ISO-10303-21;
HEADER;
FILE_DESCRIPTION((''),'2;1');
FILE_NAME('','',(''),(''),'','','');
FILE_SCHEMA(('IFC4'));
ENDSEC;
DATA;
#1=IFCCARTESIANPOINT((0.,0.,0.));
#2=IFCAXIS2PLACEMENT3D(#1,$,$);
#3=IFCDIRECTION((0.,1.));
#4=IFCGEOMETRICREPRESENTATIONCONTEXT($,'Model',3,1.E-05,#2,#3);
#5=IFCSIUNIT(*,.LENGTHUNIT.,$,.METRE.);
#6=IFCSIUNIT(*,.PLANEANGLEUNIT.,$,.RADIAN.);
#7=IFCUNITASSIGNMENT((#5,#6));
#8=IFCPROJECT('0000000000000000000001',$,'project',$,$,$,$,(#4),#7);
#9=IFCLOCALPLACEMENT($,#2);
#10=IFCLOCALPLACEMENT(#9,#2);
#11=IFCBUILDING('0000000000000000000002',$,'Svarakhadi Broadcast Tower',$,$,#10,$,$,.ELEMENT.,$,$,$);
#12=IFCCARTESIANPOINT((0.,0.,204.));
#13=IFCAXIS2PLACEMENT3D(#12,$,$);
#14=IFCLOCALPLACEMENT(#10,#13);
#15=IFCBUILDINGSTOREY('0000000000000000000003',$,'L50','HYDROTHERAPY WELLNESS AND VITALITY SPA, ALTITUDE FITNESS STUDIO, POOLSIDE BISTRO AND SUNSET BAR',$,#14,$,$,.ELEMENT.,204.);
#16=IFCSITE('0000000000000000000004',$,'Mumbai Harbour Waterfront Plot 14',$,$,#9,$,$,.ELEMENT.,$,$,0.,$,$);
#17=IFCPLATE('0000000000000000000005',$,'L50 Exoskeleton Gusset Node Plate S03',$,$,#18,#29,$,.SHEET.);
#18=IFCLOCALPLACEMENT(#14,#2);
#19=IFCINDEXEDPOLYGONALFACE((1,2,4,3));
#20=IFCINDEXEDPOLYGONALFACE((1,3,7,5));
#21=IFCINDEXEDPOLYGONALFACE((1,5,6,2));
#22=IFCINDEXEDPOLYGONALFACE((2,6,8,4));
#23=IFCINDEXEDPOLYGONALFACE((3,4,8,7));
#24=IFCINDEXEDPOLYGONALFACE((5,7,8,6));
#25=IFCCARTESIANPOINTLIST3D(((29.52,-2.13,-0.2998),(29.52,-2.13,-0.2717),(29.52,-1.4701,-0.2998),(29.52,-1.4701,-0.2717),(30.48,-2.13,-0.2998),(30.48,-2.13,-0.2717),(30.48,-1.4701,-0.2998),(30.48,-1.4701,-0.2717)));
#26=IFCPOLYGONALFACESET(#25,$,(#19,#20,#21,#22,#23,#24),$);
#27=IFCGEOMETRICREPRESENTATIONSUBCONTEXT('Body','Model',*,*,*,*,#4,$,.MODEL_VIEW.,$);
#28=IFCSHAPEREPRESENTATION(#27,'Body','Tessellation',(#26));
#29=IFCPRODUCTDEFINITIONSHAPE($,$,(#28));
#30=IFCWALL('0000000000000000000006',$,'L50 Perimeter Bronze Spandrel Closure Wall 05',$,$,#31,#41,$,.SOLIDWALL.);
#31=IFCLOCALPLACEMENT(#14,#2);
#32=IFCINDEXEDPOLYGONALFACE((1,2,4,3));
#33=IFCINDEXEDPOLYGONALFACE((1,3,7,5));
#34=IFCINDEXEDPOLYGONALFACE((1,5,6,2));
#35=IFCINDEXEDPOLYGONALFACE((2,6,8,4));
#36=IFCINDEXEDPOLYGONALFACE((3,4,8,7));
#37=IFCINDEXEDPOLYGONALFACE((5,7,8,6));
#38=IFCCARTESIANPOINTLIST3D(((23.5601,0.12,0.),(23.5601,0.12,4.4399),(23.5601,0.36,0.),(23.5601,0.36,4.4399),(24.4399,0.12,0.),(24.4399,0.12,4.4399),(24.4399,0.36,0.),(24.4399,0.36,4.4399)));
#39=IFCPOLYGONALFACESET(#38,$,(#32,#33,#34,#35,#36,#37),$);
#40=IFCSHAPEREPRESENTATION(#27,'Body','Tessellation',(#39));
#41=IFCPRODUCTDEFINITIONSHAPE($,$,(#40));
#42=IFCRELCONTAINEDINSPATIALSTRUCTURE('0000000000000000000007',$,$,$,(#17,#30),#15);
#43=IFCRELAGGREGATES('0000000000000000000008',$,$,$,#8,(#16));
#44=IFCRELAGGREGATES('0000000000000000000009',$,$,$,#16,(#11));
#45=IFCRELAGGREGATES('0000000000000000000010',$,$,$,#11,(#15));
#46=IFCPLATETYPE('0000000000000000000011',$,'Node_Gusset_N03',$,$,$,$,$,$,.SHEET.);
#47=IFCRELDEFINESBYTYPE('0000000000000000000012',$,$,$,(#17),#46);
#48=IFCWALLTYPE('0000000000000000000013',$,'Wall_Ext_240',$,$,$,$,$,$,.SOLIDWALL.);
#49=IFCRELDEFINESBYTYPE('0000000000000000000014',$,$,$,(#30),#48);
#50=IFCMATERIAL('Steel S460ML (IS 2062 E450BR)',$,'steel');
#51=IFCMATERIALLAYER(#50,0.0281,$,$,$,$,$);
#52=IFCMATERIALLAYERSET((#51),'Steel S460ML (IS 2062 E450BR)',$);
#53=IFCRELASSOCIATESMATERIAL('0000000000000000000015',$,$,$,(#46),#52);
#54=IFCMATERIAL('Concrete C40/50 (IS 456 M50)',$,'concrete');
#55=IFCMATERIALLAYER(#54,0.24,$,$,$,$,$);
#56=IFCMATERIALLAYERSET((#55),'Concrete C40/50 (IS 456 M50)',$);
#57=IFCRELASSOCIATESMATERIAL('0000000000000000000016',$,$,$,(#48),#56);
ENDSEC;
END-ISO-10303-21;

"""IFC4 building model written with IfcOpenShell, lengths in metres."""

from ifc_helpers import new_model, si_unit, direction, frame, frame_2d, origin, origin_2d, place, context, subcontext, project, spatial, rectangle, extrude, material, layer, layer_set, type_object, element, save


model = new_model("IFC4")

# Units and contexts
model_context = context("Model", 3, precision=1e-05, world=origin(), true_north=direction((0.0, 1.0)))
body_context = subcontext(model_context, "Body", "Model", "MODEL_VIEW")
ifc_project = project(units=[si_unit("LENGTHUNIT", "METRE"), si_unit("PLANEANGLEUNIT", "RADIAN")], contexts=[model_context])

# Site, building, storey
site_placement = place(None, origin())
site = spatial("IfcSite", under=ifc_project, at=site_placement, Name="Mumbai Harbour Waterfront Plot 14", CompositionType="ELEMENT", RefElevation=0.0)
building_placement = place(site_placement, origin())
building = spatial("IfcBuilding", under=site, at=building_placement, Name="Svarakhadi Broadcast Tower", CompositionType="ELEMENT")
storey_placement = place(building_placement, frame((0.0, 0.0, 204.0)))
storey = spatial("IfcBuildingStorey", under=building, at=storey_placement, Name="L50", Description="HYDROTHERAPY WELLNESS AND VITALITY SPA, ALTITUDE FITNESS STUDIO, POOLSIDE BISTRO AND SUNSET BAR", CompositionType="ELEMENT", Elevation=204.0)

# Shared definitions
ifc_material_1 = material(Name="Steel S460ML (IS 2062 E450BR)", Category="steel")

# Plate
ifc_layer_1 = layer(ifc_material_1, 0.0281)
ifc_layer_set_1 = layer_set([ifc_layer_1], Name="Steel S460ML (IS 2062 E450BR)")
plate_type_1 = type_object("IfcPlateType", Name="Node_Gusset_N03", PredefinedType="SHEET", material=ifc_layer_set_1)
for number, where, z_axis, x_axis, name in (
    (1, (30.0, -1.8, -0.2998), (0.0, 0.0, 1.0), (1.0, 0.0, 0.0), "L50 Exoskeleton Gusset Node Plate S03"),
):
    element("IfcPlate", number, at=place(storey_placement, frame(where, z_axis=z_axis, x_axis=x_axis)), inside=storey, type_object=plate_type_1, Name=name, PredefinedType="SHEET", context=body_context, shape_type="SweptSolid", body=[
        extrude(rectangle(XDim=0.96, YDim=0.6599, at=origin_2d()), origin(), (0.0, 0.0, 1.0), 0.0281),
    ])

# Wall
ifc_material_2 = material(Name="Concrete C40/50 (IS 456 M50)", Category="concrete")
ifc_layer_2 = layer(ifc_material_2, 0.24)
ifc_layer_set_2 = layer_set([ifc_layer_2], Name="Concrete C40/50 (IS 456 M50)")
wall_type = type_object("IfcWallType", Name="Wall_Ext_240", PredefinedType="SOLIDWALL", material=ifc_layer_set_2)
wall_placement = place(storey_placement, frame((24.4399, 0.24, 0.0), z_axis=(0.0, 0.0, 1.0), x_axis=(-1.0, 0.0, 0.0)))
element("IfcWall", 2, at=wall_placement, inside=storey, type_object=wall_type, Name="L50 Perimeter Bronze Spandrel Closure Wall 05", PredefinedType="SOLIDWALL", context=body_context, shape_type="SweptSolid", body=[
    extrude(rectangle(XDim=0.8799, YDim=0.24, at=frame_2d((0.4399, 0.0))), origin(), (0.0, 0.0, 1.0), 4.4399),
])

save(model, "model.ifc")
